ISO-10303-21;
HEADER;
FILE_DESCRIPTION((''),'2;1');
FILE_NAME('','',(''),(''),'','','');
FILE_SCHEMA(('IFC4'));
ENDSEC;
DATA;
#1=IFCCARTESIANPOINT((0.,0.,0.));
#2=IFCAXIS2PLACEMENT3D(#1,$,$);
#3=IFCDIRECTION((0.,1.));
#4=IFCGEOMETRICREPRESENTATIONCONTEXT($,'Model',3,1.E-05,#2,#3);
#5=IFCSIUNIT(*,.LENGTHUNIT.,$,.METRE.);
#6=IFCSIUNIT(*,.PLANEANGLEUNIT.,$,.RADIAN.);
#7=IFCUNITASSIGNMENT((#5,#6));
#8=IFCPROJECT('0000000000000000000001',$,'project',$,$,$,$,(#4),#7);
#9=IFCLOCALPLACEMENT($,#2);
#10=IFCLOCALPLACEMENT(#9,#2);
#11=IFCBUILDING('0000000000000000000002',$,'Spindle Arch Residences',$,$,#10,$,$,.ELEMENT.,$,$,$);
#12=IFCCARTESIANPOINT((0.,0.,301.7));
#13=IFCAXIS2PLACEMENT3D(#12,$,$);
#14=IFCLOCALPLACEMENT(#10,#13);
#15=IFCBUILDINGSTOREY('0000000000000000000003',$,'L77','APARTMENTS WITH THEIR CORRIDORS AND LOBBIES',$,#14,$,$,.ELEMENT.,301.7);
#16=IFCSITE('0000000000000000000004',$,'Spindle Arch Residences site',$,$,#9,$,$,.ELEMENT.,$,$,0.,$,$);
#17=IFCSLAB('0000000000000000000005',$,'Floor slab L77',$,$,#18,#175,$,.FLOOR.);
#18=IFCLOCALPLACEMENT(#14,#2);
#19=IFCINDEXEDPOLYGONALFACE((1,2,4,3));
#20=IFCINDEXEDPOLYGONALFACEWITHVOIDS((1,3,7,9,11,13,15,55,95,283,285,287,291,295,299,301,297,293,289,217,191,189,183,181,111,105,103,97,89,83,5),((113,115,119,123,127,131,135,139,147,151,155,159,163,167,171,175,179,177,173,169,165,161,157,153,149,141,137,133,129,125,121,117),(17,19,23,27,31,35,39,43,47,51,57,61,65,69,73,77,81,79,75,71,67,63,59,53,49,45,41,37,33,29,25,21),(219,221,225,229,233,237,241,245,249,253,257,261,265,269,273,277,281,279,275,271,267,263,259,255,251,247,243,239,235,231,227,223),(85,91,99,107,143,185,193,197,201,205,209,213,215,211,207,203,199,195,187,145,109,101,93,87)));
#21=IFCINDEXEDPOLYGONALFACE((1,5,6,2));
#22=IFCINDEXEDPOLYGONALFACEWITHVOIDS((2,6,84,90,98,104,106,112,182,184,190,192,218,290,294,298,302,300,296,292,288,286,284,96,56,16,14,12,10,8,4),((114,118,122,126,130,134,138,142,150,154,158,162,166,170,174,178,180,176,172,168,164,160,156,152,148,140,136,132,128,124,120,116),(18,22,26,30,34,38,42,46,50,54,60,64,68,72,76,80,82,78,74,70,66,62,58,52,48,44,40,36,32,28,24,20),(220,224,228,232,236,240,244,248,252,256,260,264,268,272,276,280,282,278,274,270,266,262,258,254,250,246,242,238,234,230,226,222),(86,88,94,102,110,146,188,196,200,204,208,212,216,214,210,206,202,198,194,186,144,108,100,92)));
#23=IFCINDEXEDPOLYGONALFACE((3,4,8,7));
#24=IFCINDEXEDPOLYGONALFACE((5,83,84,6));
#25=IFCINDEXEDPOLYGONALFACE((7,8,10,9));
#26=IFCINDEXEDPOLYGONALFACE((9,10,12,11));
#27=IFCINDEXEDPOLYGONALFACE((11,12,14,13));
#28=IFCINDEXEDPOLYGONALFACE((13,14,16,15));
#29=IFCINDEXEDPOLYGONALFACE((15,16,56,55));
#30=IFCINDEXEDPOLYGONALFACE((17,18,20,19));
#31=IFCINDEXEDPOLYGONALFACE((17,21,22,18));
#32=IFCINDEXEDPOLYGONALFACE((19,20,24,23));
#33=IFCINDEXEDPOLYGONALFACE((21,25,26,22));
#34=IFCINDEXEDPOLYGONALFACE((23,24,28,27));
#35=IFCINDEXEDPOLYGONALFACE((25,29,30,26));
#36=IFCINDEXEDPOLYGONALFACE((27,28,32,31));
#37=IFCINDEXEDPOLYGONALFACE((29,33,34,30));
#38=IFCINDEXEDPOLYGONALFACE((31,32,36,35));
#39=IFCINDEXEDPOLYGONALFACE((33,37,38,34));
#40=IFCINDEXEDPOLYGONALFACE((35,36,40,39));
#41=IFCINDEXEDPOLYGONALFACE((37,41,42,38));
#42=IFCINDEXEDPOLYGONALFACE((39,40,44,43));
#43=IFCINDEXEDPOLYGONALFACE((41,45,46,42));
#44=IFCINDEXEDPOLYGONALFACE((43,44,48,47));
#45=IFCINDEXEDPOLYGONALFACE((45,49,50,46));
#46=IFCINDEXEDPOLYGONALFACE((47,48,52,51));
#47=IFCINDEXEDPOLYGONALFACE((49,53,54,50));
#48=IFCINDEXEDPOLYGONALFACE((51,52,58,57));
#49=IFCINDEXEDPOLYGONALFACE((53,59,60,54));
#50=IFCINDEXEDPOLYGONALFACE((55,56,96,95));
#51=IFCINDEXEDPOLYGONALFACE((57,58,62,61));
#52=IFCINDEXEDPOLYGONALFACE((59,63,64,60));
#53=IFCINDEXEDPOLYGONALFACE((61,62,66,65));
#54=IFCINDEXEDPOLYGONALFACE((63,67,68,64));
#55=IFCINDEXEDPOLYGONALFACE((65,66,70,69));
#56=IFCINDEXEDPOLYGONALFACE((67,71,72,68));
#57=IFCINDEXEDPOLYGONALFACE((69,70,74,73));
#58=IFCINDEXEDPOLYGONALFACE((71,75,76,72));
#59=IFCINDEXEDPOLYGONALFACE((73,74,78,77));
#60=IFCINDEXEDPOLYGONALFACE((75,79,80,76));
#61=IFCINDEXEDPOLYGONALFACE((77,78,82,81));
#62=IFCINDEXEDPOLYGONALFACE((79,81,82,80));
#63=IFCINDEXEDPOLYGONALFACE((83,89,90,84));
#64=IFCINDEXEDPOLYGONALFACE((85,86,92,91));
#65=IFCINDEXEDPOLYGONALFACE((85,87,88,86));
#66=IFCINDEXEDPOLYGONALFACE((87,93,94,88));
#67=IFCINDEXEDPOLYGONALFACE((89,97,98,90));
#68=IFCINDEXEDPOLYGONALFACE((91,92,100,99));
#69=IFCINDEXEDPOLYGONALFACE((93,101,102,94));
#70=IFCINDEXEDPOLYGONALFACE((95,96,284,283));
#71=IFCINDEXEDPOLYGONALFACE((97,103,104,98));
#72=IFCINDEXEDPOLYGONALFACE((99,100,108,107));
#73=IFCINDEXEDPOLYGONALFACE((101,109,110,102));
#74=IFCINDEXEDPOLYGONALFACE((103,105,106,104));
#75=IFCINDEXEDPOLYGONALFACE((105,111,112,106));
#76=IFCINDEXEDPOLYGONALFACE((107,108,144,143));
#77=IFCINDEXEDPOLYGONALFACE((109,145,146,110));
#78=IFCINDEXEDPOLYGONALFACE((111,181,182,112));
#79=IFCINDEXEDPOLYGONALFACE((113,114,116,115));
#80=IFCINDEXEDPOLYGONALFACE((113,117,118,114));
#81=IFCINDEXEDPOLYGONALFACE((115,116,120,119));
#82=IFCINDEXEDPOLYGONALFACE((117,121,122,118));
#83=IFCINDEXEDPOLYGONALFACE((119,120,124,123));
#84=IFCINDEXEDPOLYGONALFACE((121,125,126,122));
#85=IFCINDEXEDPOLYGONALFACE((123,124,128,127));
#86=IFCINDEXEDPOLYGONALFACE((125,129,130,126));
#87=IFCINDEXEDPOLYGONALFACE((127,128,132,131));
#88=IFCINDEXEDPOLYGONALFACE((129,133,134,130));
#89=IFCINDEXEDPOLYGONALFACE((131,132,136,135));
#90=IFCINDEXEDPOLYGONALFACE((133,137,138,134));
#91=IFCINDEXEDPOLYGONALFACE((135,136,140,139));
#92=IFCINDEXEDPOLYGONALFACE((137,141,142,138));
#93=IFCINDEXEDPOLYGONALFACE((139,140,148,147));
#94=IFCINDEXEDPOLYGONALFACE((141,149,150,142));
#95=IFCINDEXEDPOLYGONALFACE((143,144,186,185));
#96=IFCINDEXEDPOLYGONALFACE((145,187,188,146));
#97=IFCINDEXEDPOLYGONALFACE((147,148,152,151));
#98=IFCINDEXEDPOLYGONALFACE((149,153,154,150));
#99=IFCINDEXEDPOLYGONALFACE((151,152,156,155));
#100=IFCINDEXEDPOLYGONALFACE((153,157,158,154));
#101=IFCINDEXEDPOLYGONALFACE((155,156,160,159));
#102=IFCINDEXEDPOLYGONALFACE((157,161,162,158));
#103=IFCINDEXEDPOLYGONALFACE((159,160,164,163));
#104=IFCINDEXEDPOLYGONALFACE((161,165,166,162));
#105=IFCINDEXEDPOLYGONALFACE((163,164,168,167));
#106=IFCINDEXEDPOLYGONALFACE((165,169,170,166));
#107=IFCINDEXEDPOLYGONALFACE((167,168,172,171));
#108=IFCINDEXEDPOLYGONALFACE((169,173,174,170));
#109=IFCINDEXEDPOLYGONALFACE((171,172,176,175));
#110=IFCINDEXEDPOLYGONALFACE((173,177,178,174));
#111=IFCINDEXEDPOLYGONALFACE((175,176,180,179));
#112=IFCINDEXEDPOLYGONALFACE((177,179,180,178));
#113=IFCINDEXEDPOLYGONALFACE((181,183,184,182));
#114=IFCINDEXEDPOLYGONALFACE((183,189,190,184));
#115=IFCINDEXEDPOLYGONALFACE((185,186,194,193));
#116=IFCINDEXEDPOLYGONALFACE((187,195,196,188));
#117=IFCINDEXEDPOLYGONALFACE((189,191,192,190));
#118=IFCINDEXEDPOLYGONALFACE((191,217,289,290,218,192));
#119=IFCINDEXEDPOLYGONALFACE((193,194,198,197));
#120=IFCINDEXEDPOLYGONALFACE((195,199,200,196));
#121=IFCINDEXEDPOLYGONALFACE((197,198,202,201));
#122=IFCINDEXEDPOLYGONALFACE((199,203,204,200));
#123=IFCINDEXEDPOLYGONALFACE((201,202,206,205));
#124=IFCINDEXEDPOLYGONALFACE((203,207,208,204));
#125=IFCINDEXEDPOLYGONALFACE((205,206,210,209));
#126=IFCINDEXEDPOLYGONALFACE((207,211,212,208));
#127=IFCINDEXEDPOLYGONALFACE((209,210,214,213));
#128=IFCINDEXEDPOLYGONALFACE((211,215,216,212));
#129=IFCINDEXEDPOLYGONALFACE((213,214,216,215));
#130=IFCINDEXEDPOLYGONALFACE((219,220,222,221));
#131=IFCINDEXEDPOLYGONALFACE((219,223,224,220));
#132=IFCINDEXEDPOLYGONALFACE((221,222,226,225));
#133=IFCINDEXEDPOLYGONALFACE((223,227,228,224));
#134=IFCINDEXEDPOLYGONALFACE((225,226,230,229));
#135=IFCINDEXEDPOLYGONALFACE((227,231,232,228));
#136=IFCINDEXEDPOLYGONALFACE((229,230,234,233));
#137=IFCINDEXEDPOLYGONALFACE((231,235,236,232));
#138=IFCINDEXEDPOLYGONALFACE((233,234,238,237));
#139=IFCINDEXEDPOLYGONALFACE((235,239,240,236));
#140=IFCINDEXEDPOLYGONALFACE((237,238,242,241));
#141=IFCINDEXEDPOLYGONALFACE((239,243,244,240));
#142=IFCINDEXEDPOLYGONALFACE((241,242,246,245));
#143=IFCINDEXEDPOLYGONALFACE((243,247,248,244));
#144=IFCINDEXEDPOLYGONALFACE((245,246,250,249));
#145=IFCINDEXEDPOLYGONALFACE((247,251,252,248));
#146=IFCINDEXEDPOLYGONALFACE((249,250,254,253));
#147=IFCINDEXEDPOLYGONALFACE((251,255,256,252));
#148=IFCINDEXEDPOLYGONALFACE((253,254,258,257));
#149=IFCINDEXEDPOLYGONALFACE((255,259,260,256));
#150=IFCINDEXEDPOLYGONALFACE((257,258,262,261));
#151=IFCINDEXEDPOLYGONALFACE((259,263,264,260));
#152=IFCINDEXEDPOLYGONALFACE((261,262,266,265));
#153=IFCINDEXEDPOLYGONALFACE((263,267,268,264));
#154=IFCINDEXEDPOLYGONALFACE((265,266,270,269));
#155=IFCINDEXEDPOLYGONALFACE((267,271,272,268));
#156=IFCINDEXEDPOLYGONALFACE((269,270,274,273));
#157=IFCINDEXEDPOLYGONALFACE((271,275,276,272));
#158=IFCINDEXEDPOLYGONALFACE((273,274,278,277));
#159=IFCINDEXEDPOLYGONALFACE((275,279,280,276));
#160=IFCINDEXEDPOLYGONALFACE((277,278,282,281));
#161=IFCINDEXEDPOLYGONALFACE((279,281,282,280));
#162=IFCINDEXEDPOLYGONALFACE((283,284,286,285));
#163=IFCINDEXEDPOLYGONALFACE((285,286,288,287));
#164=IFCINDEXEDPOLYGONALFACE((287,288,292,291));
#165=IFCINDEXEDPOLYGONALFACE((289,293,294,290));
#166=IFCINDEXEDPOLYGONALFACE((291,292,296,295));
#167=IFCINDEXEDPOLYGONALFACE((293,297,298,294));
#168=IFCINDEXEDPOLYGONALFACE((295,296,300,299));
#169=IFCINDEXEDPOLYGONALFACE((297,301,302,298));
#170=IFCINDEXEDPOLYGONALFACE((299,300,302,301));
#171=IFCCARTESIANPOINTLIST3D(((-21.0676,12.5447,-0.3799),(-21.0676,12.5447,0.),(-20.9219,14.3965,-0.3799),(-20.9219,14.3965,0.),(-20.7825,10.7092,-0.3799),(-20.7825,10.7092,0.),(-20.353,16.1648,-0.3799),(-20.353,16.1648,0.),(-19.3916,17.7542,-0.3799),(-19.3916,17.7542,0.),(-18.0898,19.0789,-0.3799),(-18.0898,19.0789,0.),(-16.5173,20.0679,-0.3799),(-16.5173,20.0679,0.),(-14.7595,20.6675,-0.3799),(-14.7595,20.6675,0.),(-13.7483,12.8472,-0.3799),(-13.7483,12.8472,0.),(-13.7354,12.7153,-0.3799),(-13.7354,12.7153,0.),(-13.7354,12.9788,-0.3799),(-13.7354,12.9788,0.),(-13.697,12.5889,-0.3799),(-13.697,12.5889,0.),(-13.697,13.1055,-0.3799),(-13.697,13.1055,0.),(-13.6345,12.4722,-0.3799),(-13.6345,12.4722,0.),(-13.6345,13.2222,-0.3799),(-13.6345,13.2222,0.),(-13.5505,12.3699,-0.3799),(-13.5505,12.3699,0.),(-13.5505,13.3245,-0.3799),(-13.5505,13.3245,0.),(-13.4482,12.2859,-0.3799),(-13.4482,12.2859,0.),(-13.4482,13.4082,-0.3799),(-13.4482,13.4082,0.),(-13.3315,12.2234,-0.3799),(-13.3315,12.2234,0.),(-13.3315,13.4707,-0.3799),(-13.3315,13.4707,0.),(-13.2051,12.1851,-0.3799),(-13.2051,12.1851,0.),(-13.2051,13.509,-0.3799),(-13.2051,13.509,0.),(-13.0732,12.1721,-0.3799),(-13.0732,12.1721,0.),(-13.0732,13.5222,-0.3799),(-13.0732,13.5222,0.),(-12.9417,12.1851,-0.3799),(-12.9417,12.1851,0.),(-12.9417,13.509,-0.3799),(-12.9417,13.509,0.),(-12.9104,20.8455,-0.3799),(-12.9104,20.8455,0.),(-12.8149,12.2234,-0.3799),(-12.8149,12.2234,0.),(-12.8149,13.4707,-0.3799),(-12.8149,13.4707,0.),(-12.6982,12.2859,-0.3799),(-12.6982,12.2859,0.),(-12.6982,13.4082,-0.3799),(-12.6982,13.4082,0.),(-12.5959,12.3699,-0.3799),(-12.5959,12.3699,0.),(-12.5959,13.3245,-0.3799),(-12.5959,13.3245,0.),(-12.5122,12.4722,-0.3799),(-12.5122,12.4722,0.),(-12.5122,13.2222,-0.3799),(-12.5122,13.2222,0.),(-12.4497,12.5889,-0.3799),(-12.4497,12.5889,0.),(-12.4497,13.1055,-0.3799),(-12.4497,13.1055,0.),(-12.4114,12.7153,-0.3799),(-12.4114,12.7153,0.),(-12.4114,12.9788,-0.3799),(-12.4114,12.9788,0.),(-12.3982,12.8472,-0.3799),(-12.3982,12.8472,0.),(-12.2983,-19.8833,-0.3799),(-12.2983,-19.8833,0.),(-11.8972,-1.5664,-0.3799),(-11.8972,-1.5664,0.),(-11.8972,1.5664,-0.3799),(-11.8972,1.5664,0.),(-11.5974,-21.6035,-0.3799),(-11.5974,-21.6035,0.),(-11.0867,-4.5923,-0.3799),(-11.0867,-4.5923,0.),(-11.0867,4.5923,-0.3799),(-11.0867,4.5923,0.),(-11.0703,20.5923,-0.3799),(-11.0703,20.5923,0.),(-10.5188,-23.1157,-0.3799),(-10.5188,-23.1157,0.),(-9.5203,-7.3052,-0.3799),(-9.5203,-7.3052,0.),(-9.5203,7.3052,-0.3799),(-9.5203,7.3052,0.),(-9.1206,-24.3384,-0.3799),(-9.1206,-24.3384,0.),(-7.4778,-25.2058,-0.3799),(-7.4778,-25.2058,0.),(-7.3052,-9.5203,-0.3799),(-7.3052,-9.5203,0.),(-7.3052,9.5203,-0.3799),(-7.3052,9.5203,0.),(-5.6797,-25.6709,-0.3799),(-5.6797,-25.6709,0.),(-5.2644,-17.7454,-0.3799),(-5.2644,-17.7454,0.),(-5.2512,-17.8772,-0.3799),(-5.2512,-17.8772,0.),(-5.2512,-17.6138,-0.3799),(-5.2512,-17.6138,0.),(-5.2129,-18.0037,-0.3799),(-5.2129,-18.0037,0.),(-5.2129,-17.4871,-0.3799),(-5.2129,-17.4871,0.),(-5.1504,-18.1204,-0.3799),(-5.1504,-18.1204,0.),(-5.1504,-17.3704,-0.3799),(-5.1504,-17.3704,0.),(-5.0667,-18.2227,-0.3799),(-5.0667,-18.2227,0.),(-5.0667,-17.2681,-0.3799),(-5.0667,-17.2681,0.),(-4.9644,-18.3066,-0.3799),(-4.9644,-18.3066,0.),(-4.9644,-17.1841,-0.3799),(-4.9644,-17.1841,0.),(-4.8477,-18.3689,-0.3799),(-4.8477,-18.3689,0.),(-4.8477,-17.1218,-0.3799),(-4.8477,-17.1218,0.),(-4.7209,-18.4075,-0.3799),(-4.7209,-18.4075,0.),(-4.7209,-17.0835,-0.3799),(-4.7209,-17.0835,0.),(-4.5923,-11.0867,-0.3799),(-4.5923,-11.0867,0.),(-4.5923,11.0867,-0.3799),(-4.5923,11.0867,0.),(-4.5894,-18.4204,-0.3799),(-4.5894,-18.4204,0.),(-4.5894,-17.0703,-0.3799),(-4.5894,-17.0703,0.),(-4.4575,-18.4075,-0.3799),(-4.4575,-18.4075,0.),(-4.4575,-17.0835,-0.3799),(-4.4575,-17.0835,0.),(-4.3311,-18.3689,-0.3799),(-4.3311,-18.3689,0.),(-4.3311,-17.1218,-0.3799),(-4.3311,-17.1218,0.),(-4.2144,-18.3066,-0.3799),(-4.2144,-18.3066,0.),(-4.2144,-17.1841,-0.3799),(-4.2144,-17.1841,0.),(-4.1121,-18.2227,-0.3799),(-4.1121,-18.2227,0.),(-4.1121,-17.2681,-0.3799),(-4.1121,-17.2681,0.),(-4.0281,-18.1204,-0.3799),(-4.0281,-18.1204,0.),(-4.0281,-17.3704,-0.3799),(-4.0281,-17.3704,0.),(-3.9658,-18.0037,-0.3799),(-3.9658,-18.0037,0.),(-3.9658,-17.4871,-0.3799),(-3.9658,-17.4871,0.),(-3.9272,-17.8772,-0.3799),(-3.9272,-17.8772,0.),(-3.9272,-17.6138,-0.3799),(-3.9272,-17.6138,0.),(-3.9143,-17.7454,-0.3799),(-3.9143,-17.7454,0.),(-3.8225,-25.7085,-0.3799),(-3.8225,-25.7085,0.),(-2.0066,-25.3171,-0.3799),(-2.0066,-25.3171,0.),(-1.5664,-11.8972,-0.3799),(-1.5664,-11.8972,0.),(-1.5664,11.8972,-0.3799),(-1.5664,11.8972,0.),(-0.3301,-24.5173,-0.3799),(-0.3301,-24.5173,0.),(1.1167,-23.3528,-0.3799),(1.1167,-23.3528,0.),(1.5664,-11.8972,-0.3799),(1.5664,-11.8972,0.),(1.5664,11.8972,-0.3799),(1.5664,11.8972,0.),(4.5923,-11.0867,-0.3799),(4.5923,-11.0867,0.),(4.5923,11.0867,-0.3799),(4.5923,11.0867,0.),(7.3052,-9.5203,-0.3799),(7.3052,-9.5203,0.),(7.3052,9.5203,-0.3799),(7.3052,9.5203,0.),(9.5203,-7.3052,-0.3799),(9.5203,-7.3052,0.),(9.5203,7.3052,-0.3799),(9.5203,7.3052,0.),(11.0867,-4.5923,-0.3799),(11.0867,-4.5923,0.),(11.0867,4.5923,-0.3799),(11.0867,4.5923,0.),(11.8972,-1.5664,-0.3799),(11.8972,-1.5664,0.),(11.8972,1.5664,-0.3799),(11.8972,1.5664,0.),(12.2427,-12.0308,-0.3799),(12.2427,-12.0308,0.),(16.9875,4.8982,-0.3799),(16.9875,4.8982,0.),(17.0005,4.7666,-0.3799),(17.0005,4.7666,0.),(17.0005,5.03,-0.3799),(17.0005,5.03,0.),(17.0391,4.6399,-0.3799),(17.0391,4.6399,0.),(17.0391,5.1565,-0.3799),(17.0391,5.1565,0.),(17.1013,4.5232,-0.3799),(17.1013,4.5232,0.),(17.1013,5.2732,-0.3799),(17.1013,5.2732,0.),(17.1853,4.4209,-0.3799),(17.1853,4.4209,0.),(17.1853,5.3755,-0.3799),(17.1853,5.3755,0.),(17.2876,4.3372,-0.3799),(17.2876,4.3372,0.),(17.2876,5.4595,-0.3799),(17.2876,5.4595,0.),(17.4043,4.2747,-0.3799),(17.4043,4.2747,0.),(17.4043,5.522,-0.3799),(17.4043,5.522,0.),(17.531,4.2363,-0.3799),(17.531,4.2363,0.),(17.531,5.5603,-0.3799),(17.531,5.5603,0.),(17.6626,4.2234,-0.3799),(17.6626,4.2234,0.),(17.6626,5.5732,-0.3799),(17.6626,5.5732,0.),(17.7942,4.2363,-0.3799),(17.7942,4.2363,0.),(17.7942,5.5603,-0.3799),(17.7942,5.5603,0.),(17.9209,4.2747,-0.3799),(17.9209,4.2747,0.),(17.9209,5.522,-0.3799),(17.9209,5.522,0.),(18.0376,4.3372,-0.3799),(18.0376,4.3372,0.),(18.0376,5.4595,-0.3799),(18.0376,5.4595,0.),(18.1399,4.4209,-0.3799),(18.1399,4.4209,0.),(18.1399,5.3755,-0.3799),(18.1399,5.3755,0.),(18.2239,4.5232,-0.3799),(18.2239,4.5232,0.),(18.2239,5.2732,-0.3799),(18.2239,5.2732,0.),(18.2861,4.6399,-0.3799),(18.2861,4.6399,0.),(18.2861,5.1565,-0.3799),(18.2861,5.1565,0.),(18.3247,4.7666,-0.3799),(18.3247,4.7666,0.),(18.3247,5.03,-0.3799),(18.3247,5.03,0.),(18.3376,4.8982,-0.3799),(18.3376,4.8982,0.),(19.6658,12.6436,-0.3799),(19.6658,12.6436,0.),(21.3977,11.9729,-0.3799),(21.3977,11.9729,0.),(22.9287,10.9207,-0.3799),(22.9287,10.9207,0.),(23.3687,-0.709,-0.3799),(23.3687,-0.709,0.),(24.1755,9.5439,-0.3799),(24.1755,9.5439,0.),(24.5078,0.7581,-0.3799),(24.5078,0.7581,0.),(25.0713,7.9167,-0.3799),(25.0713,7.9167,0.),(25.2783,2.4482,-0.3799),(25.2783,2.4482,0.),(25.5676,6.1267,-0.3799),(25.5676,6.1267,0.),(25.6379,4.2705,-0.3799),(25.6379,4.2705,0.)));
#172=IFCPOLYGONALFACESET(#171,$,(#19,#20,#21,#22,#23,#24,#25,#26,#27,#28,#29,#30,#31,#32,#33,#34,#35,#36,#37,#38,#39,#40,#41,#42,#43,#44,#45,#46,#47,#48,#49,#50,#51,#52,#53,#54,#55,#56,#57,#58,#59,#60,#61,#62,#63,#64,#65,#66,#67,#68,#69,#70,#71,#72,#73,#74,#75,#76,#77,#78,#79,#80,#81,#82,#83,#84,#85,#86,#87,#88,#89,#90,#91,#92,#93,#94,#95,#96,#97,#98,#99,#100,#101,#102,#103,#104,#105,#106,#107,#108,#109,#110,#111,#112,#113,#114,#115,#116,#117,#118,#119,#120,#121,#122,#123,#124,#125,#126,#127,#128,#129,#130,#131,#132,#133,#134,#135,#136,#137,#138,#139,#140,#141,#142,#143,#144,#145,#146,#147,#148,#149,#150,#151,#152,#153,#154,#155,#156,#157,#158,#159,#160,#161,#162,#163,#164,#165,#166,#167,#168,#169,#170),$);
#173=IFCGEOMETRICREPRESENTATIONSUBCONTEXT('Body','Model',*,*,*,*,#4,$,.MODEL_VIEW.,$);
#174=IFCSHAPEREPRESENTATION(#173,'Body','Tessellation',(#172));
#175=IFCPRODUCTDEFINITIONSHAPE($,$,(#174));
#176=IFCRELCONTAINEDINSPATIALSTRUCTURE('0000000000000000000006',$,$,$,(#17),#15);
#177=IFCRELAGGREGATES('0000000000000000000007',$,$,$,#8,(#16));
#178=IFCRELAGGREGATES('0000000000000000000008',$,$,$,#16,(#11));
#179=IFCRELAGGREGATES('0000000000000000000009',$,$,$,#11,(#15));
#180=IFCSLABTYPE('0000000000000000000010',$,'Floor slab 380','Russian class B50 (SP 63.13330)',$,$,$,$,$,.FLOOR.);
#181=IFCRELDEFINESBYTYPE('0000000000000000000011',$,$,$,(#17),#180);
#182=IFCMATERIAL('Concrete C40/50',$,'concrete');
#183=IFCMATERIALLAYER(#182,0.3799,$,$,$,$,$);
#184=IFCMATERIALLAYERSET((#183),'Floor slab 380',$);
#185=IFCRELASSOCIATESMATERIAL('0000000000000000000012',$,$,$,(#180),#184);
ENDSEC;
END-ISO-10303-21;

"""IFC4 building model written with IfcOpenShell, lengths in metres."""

from ifc_helpers import new_model, si_unit, direction, frame, origin, place, context, subcontext, project, spatial, polyline, outline, extrude, material, layer, layer_set, type_object, element, save


model = new_model("IFC4")

# Units and contexts
model_context = context("Model", 3, precision=1e-05, world=origin(), true_north=direction((0.0, 1.0)))
body_context = subcontext(model_context, "Body", "Model", "MODEL_VIEW")
ifc_project = project(units=[si_unit("LENGTHUNIT", "METRE"), si_unit("PLANEANGLEUNIT", "RADIAN")], contexts=[model_context])

# Site, building, storey
site_placement = place(None, origin())
site = spatial("IfcSite", under=ifc_project, at=site_placement, Name="Spindle Arch Residences site", CompositionType="ELEMENT", RefElevation=0.0)
building_placement = place(site_placement, origin())
building = spatial("IfcBuilding", under=site, at=building_placement, Name="Spindle Arch Residences", CompositionType="ELEMENT")
storey_placement = place(building_placement, frame((0.0, 0.0, 301.7)))
storey = spatial("IfcBuildingStorey", under=building, at=storey_placement, Name="L77", Description="APARTMENTS WITH THEIR CORRIDORS AND LOBBIES", CompositionType="ELEMENT", Elevation=301.7)

# Slab
ifc_material_1 = material(Name="Concrete C40/50", Category="concrete")
ifc_layer_1 = layer(ifc_material_1, 0.3799)
ifc_layer_set_1 = layer_set([ifc_layer_1], Name="Floor slab 380")
slab_type_1 = type_object("IfcSlabType", Name="Floor slab 380", Description="Russian class B50 (SP 63.13330)", PredefinedType="FLOOR", material=ifc_layer_set_1)
slab_1_placement = place(storey_placement, frame((0.0, 0.0, -0.3799)))
element("IfcSlab", 1, at=slab_1_placement, inside=storey, type_object=slab_type_1, Name="Floor slab L77", PredefinedType="FLOOR", context=body_context, shape_type="SweptSolid", body=[
    extrude(outline(polyline([(-0.3301, -24.5173), (-2.0066, -25.3171), (-3.8225, -25.7085), (-5.6797, -25.6709), (-7.4778, -25.2058), (-9.1206, -24.3384), (-10.5188, -23.1157), (-11.5974, -21.6035), (-12.2983, -19.8833), (-20.7825, 10.7092), (-21.0676, 12.5447), (-20.9219, 14.3965), (-20.353, 16.1648), (-19.3916, 17.7542), (-18.0898, 19.0789), (-16.5173, 20.0679), (-14.7595, 20.6675), (-12.9104, 20.8455), (-11.0703, 20.5923), (19.6658, 12.6436), (21.3977, 11.9729), (22.9287, 10.9207), (24.1755, 9.5439), (25.0713, 7.9167), (25.5676, 6.1267), (25.6379, 4.2705), (25.2783, 2.4482), (24.5078, 0.7581), (23.3687, -0.709), (12.2427, -12.0308), (1.1167, -23.3528), (-0.3301, -24.5173)]), holes=[polyline([(7.3052, -9.5203), (9.5203, -7.3052), (11.0867, -4.5923), (11.8972, -1.5664), (11.8972, 1.5664), (11.0867, 4.5923), (9.5203, 7.3052), (7.3052, 9.5203), (4.5923, 11.0867), (1.5664, 11.8972), (-1.5664, 11.8972), (-4.5923, 11.0867), (-7.3052, 9.5203), (-9.5203, 7.3052), (-11.0867, 4.5923), (-11.8972, 1.5664), (-11.8972, -1.5664), (-11.0867, -4.5923), (-9.5203, -7.3052), (-7.3052, -9.5203), (-4.5923, -11.0867), (-1.5664, -11.8972), (1.5664, -11.8972), (4.5923, -11.0867), (7.3052, -9.5203)]), polyline([(-4.0281, -18.1204), (-3.9658, -18.0037), (-3.9272, -17.8772), (-3.9143, -17.7454), (-3.9272, -17.6138), (-3.9658, -17.4871), (-4.0281, -17.3704), (-4.1121, -17.2681), (-4.2144, -17.1841), (-4.3311, -17.1218), (-4.4575, -17.0835), (-4.5894, -17.0703), (-4.7209, -17.0835), (-4.8477, -17.1218), (-4.9644, -17.1841), (-5.0667, -17.2681), (-5.1504, -17.3704), (-5.2129, -17.4871), (-5.2512, -17.6138), (-5.2644, -17.7454), (-5.2512, -17.8772), (-5.2129, -18.0037), (-5.1504, -18.1204), (-5.0667, -18.2227), (-4.9644, -18.3066), (-4.8477, -18.3689), (-4.7209, -18.4075), (-4.5894, -18.4204), (-4.4575, -18.4075), (-4.3311, -18.3689), (-4.2144, -18.3066), (-4.1121, -18.2227), (-4.0281, -18.1204)]), polyline([(-12.5959, 12.3699), (-12.5122, 12.4722), (-12.4497, 12.5889), (-12.4114, 12.7153), (-12.3982, 12.8472), (-12.4114, 12.9788), (-12.4497, 13.1055), (-12.5122, 13.2222), (-12.5959, 13.3245), (-12.6982, 13.4082), (-12.8149, 13.4707), (-12.9417, 13.509), (-13.0732, 13.5222), (-13.2051, 13.509), (-13.3315, 13.4707), (-13.4482, 13.4082), (-13.5505, 13.3245), (-13.6345, 13.2222), (-13.697, 13.1055), (-13.7354, 12.9788), (-13.7483, 12.8472), (-13.7354, 12.7153), (-13.697, 12.5889), (-13.6345, 12.4722), (-13.5505, 12.3699), (-13.4482, 12.2859), (-13.3315, 12.2234), (-13.2051, 12.1851), (-13.0732, 12.1721), (-12.9417, 12.1851), (-12.8149, 12.2234), (-12.6982, 12.2859), (-12.5959, 12.3699)]), polyline([(18.1399, 4.4209), (18.2239, 4.5232), (18.2861, 4.6399), (18.3247, 4.7666), (18.3376, 4.8982), (18.3247, 5.03), (18.2861, 5.1565), (18.2239, 5.2732), (18.1399, 5.3755), (18.0376, 5.4595), (17.9209, 5.522), (17.7942, 5.5603), (17.6626, 5.5732), (17.531, 5.5603), (17.4043, 5.522), (17.2876, 5.4595), (17.1853, 5.3755), (17.1013, 5.2732), (17.0391, 5.1565), (17.0005, 5.03), (16.9875, 4.8982), (17.0005, 4.7666), (17.0391, 4.6399), (17.1013, 4.5232), (17.1853, 4.4209), (17.2876, 4.3372), (17.4043, 4.2747), (17.531, 4.2363), (17.6626, 4.2234), (17.7942, 4.2363), (17.9209, 4.2747), (18.0376, 4.3372), (18.1399, 4.4209)])]), origin(), (0.0, 0.0, 1.0), 0.3799),
])

save(model, "model.ifc")
